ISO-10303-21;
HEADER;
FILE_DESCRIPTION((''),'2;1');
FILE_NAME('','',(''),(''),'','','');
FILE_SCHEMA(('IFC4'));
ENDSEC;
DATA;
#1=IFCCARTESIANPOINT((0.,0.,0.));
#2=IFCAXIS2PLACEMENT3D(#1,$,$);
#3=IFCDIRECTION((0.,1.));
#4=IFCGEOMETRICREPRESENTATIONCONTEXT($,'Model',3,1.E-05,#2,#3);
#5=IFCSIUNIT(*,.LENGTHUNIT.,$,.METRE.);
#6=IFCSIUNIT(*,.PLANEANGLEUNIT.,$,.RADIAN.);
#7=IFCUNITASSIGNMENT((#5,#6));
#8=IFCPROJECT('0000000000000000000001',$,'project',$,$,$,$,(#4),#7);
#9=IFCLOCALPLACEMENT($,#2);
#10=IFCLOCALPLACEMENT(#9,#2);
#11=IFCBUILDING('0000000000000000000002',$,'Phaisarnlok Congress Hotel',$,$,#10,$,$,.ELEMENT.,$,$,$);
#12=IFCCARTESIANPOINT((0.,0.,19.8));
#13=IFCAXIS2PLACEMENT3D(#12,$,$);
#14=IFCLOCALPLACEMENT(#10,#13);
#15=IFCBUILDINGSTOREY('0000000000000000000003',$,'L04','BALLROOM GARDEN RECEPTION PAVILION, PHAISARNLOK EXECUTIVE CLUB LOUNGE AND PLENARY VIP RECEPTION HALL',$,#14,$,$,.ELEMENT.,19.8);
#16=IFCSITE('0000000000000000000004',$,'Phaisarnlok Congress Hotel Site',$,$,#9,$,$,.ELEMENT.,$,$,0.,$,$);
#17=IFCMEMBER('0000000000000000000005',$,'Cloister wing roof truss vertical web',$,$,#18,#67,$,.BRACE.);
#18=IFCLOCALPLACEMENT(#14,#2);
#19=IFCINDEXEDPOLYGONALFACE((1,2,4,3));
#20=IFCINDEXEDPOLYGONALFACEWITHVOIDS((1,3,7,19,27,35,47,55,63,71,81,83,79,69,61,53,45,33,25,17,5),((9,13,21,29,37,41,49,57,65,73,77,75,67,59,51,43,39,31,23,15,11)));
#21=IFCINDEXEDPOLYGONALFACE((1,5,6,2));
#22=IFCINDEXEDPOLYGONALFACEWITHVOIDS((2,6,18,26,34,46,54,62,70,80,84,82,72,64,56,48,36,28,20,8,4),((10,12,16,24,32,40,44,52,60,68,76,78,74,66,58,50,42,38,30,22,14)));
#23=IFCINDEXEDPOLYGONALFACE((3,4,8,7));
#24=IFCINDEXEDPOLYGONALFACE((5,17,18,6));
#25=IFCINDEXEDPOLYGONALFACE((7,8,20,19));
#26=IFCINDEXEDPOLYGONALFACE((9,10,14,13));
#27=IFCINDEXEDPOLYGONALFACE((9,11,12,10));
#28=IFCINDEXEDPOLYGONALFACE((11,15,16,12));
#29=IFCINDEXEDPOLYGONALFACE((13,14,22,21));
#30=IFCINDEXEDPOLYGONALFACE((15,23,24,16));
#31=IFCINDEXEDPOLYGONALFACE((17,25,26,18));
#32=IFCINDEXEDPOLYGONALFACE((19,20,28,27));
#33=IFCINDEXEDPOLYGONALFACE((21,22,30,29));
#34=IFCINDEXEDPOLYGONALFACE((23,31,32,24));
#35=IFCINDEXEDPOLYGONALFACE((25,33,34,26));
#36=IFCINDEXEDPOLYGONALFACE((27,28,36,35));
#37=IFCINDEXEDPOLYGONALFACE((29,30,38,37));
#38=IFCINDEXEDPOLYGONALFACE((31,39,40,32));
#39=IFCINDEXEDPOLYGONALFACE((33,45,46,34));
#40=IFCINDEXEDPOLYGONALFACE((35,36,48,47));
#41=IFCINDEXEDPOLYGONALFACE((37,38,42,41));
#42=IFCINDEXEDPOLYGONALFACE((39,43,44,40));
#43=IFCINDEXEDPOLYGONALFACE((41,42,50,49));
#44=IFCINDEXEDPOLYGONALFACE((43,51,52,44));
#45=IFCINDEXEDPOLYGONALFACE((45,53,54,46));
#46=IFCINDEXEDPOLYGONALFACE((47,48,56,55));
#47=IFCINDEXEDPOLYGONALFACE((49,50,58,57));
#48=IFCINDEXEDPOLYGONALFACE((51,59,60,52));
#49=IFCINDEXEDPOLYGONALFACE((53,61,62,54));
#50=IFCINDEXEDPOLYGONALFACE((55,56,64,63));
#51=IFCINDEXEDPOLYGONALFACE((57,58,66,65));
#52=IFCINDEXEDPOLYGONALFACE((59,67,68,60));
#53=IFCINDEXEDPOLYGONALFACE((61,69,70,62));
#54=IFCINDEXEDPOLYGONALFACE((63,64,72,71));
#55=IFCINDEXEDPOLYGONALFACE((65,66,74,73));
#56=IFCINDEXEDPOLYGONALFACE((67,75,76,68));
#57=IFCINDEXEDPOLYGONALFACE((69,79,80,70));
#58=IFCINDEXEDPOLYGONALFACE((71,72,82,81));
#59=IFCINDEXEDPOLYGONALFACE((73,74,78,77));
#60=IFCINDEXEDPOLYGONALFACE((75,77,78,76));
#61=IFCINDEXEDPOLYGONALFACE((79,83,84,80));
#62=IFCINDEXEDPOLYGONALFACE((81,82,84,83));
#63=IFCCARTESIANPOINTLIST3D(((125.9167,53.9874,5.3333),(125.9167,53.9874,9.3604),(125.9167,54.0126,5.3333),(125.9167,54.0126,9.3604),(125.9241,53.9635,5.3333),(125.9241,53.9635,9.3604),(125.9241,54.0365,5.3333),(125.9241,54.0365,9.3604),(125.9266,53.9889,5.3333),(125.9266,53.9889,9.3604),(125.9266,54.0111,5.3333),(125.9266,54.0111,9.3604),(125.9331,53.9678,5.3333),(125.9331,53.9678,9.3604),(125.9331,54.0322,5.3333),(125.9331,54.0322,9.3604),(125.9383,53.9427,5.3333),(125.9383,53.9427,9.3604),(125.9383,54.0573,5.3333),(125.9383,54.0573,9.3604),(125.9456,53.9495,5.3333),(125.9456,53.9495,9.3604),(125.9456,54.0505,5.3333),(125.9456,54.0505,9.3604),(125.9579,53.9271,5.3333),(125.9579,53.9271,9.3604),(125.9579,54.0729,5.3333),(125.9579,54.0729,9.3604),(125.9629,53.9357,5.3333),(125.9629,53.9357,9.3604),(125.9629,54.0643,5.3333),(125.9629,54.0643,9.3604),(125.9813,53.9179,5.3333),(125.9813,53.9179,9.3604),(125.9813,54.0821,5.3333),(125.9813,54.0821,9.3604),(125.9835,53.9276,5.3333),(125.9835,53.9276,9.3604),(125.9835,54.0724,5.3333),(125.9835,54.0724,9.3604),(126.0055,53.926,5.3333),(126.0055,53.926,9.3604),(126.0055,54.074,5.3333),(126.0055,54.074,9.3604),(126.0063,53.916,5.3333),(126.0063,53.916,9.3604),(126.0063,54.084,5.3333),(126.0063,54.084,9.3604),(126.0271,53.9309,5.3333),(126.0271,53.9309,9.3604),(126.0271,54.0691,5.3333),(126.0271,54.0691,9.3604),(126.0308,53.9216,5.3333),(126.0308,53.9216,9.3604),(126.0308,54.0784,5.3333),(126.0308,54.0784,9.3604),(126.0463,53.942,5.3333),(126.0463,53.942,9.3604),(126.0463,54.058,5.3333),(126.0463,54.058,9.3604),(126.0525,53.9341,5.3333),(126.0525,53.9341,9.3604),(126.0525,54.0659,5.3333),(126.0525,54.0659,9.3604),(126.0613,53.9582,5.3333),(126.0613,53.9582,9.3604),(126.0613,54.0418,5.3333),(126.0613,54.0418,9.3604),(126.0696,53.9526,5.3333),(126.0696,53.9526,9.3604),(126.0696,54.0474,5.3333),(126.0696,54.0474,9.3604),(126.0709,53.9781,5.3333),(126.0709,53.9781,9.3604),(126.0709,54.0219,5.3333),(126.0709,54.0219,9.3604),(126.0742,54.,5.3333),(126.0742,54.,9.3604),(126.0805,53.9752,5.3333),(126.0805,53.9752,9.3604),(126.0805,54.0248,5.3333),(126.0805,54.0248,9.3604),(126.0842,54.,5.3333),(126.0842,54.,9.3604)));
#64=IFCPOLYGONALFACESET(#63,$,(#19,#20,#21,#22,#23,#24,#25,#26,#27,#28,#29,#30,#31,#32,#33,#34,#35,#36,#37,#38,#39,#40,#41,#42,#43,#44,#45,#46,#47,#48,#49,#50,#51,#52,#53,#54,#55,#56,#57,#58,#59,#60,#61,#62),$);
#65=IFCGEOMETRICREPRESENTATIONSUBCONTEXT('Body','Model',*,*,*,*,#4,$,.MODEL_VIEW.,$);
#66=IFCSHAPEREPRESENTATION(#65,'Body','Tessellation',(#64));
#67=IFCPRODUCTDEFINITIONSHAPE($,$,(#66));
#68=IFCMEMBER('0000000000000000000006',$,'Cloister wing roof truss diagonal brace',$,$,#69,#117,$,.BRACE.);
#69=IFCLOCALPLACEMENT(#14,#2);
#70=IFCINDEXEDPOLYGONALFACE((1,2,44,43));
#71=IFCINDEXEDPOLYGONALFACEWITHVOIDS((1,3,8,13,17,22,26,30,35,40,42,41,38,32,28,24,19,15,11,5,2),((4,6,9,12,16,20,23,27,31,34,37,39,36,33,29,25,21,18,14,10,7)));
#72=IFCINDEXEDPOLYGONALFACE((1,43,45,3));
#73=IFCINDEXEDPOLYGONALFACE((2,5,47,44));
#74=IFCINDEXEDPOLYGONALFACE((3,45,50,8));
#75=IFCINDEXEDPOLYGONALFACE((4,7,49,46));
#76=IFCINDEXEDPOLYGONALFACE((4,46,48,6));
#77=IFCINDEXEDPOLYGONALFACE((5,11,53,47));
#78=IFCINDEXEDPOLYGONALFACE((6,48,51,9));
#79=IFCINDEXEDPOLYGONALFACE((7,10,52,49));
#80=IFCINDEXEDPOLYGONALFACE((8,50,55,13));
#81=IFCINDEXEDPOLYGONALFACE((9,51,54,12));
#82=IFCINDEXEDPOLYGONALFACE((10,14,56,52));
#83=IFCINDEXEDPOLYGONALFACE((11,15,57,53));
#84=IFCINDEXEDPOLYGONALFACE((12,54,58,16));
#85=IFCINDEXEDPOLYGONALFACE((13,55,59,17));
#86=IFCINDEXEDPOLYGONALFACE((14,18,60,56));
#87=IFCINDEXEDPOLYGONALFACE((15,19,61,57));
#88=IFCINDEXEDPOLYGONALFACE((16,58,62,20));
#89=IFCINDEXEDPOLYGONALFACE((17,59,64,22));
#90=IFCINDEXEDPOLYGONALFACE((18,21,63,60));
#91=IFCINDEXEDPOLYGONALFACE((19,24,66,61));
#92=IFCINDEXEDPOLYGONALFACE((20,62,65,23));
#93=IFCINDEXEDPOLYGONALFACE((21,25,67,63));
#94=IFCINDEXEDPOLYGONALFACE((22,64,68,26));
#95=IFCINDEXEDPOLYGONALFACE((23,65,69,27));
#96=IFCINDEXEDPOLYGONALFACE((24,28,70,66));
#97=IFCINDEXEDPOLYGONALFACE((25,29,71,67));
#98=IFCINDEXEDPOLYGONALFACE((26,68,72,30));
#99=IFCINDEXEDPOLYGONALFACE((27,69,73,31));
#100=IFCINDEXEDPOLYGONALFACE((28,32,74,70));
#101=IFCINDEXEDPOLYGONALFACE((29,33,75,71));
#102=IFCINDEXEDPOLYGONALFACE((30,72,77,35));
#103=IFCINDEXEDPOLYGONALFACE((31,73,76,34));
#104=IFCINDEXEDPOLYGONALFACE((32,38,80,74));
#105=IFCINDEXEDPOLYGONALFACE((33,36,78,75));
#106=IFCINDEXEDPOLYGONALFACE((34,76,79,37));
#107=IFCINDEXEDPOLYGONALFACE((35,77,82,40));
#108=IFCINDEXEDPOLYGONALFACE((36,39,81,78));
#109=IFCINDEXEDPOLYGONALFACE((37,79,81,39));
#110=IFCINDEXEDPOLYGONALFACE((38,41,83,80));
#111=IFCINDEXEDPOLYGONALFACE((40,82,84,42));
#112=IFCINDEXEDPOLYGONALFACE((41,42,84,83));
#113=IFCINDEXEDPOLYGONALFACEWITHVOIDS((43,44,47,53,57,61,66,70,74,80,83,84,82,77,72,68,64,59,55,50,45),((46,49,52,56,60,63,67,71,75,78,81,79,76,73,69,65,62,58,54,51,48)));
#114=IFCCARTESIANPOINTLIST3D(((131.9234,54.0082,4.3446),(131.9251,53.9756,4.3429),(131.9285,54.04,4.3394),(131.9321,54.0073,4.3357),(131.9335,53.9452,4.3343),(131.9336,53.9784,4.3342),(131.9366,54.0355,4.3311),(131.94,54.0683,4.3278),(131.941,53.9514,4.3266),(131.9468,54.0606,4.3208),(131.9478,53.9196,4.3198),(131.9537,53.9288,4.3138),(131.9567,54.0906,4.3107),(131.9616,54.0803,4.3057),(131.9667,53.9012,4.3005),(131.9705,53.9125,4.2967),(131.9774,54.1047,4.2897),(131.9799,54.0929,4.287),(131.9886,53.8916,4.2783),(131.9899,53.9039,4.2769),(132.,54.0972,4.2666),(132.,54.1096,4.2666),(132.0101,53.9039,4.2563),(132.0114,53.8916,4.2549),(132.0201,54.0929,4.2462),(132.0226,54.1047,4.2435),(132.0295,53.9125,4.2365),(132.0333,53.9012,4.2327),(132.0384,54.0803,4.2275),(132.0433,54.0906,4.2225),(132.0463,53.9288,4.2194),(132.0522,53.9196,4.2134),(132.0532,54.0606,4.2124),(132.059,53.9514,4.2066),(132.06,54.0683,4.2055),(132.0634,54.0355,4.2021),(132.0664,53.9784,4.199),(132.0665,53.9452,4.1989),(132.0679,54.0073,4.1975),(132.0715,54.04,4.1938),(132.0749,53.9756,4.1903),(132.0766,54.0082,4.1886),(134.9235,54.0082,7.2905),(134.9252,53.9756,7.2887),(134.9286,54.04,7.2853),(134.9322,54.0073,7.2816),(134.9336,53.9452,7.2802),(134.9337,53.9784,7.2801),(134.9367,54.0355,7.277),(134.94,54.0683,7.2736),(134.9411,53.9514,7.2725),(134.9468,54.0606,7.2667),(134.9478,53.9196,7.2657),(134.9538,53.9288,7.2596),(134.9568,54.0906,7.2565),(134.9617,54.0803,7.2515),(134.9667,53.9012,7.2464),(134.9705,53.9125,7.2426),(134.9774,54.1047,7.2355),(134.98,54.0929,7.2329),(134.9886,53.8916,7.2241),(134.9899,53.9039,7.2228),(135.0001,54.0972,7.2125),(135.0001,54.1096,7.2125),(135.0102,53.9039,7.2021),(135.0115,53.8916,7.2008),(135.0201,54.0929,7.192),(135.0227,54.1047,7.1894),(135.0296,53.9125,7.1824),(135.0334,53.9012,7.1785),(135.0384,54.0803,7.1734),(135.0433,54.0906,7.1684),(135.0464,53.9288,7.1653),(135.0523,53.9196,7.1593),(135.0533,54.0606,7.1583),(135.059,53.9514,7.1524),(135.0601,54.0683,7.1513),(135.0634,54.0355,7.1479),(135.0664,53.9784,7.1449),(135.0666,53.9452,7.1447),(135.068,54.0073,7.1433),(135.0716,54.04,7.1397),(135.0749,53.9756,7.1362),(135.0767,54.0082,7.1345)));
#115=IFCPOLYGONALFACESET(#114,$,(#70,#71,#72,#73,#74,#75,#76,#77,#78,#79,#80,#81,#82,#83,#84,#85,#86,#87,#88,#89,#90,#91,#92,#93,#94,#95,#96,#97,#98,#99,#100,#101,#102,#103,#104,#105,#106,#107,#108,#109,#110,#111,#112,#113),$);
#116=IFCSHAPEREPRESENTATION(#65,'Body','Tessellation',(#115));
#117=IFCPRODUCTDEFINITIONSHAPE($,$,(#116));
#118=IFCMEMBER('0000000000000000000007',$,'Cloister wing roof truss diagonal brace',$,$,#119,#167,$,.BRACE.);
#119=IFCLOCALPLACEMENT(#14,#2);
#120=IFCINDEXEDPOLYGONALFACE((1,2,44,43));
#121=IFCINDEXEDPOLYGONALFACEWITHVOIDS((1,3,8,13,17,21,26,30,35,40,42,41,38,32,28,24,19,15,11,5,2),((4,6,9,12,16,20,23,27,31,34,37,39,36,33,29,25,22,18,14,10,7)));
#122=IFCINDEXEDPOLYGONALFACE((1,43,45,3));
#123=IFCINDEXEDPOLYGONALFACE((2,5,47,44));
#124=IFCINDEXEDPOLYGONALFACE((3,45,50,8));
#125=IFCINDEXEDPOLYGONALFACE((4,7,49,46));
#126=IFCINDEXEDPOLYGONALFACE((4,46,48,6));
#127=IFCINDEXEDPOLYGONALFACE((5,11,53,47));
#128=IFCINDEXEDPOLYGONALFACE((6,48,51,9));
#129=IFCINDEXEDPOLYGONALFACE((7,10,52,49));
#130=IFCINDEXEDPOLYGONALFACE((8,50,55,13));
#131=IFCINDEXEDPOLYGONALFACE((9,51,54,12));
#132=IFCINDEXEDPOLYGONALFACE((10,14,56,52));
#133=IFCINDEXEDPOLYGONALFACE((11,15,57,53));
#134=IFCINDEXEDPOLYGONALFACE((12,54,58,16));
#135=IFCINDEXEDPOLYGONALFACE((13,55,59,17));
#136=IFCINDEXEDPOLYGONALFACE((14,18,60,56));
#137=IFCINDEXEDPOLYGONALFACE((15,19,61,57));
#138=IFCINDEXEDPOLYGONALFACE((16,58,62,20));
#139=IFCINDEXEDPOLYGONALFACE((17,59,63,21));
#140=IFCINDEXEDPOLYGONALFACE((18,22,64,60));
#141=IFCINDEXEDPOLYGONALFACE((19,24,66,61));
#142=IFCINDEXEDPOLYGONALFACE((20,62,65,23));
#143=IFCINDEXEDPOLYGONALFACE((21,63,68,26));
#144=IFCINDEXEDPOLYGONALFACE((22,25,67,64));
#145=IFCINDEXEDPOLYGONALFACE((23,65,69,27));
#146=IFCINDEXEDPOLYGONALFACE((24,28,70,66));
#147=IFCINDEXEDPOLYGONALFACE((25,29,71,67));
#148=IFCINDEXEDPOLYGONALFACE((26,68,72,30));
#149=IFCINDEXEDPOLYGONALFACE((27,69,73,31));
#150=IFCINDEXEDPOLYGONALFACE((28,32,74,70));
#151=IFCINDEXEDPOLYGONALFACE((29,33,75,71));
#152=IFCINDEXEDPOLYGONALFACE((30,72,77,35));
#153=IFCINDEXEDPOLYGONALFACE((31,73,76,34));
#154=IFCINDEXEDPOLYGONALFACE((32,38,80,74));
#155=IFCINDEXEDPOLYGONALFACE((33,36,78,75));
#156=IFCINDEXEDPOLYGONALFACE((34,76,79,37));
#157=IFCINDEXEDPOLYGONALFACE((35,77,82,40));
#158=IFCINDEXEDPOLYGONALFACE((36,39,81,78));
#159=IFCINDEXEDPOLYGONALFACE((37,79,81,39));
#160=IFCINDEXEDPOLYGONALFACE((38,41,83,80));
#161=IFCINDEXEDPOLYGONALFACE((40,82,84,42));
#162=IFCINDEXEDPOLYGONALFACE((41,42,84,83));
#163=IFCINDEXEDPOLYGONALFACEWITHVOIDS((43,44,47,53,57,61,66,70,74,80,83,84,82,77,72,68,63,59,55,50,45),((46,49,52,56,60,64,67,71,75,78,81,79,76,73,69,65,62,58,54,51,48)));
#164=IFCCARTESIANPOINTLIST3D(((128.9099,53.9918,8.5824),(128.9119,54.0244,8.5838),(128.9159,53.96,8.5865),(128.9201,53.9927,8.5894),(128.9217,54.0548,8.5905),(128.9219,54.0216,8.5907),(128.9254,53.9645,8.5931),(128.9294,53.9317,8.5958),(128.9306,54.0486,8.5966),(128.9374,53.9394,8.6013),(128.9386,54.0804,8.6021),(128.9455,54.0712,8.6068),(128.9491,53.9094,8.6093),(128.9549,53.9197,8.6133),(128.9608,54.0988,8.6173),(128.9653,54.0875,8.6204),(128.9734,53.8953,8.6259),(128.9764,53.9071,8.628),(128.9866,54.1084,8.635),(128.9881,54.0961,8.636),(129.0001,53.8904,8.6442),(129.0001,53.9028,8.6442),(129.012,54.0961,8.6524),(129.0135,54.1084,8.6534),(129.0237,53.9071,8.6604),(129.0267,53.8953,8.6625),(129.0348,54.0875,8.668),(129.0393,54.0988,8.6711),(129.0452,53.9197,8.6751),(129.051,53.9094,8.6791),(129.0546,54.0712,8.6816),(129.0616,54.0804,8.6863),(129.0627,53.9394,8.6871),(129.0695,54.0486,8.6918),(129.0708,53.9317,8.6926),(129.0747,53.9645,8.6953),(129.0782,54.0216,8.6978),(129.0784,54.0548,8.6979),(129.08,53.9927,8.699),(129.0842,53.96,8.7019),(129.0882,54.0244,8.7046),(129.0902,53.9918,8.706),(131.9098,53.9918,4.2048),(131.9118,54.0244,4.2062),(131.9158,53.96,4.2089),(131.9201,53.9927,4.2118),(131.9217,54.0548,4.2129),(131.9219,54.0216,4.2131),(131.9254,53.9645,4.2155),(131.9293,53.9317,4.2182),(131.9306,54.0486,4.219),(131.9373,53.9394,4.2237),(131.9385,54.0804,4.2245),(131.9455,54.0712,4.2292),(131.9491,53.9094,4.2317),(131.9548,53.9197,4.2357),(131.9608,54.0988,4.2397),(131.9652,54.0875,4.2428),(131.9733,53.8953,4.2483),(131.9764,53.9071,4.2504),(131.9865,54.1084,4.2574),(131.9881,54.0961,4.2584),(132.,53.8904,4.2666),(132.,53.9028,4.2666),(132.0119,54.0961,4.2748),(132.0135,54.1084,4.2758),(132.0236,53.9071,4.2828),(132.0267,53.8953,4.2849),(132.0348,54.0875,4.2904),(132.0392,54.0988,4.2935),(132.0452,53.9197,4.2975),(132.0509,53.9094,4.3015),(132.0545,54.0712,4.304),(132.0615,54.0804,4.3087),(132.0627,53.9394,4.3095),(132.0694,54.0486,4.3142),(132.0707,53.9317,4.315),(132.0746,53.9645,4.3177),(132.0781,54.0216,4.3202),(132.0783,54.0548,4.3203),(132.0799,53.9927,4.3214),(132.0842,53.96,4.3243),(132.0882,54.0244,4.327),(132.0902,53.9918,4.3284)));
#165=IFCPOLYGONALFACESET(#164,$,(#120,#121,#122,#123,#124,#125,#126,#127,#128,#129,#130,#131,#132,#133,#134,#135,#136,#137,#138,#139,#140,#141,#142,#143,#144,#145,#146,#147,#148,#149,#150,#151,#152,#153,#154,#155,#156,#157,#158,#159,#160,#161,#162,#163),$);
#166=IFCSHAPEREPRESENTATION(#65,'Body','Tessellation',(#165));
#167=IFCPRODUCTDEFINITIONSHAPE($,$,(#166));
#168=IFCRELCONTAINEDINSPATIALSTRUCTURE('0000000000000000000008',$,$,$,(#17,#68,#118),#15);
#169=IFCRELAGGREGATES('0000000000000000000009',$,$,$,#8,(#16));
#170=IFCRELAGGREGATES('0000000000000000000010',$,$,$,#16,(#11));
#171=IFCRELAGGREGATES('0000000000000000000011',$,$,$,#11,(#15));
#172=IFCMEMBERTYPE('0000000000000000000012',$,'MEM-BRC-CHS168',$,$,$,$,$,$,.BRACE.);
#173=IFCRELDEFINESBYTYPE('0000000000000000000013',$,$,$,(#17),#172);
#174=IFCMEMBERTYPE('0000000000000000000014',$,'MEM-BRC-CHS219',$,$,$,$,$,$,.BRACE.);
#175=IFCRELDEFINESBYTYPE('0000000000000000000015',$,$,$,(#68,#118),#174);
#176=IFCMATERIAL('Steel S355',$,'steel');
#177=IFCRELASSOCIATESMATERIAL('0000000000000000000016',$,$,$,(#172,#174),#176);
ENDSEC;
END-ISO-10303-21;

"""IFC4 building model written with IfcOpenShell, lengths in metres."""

from ifc_helpers import new_model, si_unit, direction, frame, origin, origin_2d, place, context, subcontext, project, spatial, hollow_circle, extrude, material, material_profile, profile_set, type_object, element, save


model = new_model("IFC4")

# Units and contexts
model_context = context("Model", 3, precision=1e-05, world=origin(), true_north=direction((0.0, 1.0)))
body_context = subcontext(model_context, "Body", "Model", "MODEL_VIEW")
ifc_project = project(units=[si_unit("LENGTHUNIT", "METRE"), si_unit("PLANEANGLEUNIT", "RADIAN")], contexts=[model_context])

# Site, building, storey
site_placement = place(None, origin())
site = spatial("IfcSite", under=ifc_project, at=site_placement, Name="Phaisarnlok Congress Hotel Site", CompositionType="ELEMENT", RefElevation=0.0)
building_placement = place(site_placement, origin())
building = spatial("IfcBuilding", under=site, at=building_placement, Name="Phaisarnlok Congress Hotel", CompositionType="ELEMENT")
storey_placement = place(building_placement, frame((0.0, 0.0, 19.8)))
storey = spatial("IfcBuildingStorey", under=building, at=storey_placement, Name="L04", Description="BALLROOM GARDEN RECEPTION PAVILION, PHAISARNLOK EXECUTIVE CLUB LOUNGE AND PLENARY VIP RECEPTION HALL", CompositionType="ELEMENT", Elevation=19.8)

# Shared definitions
ifc_material_1 = material(Name="Steel S355", Category="steel")

# Members
ifc_material_profile_1 = material_profile(ifc_material_1, hollow_circle(Radius=0.0842, WallThickness=0.01, at=origin_2d()), Name="CHS 168.3x10")
ifc_profile_set_1 = profile_set([ifc_material_profile_1], Name="Steel S355")
member_type_1 = type_object("IfcMemberType", Name="MEM-BRC-CHS168", PredefinedType="BRACE", material=ifc_profile_set_1)
member_1_placement = place(storey_placement, frame((126.0, 54.0, 5.3333), z_axis=(0.0, 0.0, 1.0), x_axis=(1.0, 0.0, 0.0)))
element("IfcMember", 1, at=member_1_placement, inside=storey, type_object=member_type_1, Name="Cloister wing roof truss vertical web", PredefinedType="BRACE", context=body_context, shape_type="SweptSolid", body=[
    extrude(hollow_circle(Radius=0.0842, WallThickness=0.01, at=origin_2d()), origin(), (0.0, 0.0, 1.0), 4.0271),
])
ifc_material_profile_2 = material_profile(ifc_material_1, hollow_circle(Radius=0.1096, WallThickness=0.0125, at=origin_2d()), Name="CHS 219.1x12.5")
ifc_profile_set_2 = profile_set([ifc_material_profile_2], Name="Steel S355")
member_type_2 = type_object("IfcMemberType", Name="MEM-BRC-CHS219", PredefinedType="BRACE", material=ifc_profile_set_2)
member_2_placement = place(storey_placement, frame((132.0, 54.0, 4.2666), z_axis=(0.713523, 0.0, 0.700632), x_axis=(0.0, 1.0, 0.0)))
element("IfcMember", 2, at=member_2_placement, inside=storey, type_object=member_type_2, Name="Cloister wing roof truss diagonal brace", PredefinedType="BRACE", context=body_context, shape_type="SweptSolid", body=[
    extrude(hollow_circle(Radius=0.1096, WallThickness=0.0125, at=origin_2d()), origin(), (0.0, 0.0, 1.0), 4.2046),
])
member_3_placement = place(storey_placement, frame((132.0, 54.0, 4.2666), z_axis=(-0.565292, 0.0, 0.824891), x_axis=(0.0, -1.0, 0.0)))
element("IfcMember", 3, at=member_3_placement, inside=storey, type_object=member_type_2, Name="Cloister wing roof truss diagonal brace", PredefinedType="BRACE", context=body_context, shape_type="SweptSolid", body=[
    extrude(hollow_circle(Radius=0.1096, WallThickness=0.0125, at=origin_2d()), origin(), (0.0, 0.0, 1.0), 5.3069),
])

save(model, "model.ifc")
